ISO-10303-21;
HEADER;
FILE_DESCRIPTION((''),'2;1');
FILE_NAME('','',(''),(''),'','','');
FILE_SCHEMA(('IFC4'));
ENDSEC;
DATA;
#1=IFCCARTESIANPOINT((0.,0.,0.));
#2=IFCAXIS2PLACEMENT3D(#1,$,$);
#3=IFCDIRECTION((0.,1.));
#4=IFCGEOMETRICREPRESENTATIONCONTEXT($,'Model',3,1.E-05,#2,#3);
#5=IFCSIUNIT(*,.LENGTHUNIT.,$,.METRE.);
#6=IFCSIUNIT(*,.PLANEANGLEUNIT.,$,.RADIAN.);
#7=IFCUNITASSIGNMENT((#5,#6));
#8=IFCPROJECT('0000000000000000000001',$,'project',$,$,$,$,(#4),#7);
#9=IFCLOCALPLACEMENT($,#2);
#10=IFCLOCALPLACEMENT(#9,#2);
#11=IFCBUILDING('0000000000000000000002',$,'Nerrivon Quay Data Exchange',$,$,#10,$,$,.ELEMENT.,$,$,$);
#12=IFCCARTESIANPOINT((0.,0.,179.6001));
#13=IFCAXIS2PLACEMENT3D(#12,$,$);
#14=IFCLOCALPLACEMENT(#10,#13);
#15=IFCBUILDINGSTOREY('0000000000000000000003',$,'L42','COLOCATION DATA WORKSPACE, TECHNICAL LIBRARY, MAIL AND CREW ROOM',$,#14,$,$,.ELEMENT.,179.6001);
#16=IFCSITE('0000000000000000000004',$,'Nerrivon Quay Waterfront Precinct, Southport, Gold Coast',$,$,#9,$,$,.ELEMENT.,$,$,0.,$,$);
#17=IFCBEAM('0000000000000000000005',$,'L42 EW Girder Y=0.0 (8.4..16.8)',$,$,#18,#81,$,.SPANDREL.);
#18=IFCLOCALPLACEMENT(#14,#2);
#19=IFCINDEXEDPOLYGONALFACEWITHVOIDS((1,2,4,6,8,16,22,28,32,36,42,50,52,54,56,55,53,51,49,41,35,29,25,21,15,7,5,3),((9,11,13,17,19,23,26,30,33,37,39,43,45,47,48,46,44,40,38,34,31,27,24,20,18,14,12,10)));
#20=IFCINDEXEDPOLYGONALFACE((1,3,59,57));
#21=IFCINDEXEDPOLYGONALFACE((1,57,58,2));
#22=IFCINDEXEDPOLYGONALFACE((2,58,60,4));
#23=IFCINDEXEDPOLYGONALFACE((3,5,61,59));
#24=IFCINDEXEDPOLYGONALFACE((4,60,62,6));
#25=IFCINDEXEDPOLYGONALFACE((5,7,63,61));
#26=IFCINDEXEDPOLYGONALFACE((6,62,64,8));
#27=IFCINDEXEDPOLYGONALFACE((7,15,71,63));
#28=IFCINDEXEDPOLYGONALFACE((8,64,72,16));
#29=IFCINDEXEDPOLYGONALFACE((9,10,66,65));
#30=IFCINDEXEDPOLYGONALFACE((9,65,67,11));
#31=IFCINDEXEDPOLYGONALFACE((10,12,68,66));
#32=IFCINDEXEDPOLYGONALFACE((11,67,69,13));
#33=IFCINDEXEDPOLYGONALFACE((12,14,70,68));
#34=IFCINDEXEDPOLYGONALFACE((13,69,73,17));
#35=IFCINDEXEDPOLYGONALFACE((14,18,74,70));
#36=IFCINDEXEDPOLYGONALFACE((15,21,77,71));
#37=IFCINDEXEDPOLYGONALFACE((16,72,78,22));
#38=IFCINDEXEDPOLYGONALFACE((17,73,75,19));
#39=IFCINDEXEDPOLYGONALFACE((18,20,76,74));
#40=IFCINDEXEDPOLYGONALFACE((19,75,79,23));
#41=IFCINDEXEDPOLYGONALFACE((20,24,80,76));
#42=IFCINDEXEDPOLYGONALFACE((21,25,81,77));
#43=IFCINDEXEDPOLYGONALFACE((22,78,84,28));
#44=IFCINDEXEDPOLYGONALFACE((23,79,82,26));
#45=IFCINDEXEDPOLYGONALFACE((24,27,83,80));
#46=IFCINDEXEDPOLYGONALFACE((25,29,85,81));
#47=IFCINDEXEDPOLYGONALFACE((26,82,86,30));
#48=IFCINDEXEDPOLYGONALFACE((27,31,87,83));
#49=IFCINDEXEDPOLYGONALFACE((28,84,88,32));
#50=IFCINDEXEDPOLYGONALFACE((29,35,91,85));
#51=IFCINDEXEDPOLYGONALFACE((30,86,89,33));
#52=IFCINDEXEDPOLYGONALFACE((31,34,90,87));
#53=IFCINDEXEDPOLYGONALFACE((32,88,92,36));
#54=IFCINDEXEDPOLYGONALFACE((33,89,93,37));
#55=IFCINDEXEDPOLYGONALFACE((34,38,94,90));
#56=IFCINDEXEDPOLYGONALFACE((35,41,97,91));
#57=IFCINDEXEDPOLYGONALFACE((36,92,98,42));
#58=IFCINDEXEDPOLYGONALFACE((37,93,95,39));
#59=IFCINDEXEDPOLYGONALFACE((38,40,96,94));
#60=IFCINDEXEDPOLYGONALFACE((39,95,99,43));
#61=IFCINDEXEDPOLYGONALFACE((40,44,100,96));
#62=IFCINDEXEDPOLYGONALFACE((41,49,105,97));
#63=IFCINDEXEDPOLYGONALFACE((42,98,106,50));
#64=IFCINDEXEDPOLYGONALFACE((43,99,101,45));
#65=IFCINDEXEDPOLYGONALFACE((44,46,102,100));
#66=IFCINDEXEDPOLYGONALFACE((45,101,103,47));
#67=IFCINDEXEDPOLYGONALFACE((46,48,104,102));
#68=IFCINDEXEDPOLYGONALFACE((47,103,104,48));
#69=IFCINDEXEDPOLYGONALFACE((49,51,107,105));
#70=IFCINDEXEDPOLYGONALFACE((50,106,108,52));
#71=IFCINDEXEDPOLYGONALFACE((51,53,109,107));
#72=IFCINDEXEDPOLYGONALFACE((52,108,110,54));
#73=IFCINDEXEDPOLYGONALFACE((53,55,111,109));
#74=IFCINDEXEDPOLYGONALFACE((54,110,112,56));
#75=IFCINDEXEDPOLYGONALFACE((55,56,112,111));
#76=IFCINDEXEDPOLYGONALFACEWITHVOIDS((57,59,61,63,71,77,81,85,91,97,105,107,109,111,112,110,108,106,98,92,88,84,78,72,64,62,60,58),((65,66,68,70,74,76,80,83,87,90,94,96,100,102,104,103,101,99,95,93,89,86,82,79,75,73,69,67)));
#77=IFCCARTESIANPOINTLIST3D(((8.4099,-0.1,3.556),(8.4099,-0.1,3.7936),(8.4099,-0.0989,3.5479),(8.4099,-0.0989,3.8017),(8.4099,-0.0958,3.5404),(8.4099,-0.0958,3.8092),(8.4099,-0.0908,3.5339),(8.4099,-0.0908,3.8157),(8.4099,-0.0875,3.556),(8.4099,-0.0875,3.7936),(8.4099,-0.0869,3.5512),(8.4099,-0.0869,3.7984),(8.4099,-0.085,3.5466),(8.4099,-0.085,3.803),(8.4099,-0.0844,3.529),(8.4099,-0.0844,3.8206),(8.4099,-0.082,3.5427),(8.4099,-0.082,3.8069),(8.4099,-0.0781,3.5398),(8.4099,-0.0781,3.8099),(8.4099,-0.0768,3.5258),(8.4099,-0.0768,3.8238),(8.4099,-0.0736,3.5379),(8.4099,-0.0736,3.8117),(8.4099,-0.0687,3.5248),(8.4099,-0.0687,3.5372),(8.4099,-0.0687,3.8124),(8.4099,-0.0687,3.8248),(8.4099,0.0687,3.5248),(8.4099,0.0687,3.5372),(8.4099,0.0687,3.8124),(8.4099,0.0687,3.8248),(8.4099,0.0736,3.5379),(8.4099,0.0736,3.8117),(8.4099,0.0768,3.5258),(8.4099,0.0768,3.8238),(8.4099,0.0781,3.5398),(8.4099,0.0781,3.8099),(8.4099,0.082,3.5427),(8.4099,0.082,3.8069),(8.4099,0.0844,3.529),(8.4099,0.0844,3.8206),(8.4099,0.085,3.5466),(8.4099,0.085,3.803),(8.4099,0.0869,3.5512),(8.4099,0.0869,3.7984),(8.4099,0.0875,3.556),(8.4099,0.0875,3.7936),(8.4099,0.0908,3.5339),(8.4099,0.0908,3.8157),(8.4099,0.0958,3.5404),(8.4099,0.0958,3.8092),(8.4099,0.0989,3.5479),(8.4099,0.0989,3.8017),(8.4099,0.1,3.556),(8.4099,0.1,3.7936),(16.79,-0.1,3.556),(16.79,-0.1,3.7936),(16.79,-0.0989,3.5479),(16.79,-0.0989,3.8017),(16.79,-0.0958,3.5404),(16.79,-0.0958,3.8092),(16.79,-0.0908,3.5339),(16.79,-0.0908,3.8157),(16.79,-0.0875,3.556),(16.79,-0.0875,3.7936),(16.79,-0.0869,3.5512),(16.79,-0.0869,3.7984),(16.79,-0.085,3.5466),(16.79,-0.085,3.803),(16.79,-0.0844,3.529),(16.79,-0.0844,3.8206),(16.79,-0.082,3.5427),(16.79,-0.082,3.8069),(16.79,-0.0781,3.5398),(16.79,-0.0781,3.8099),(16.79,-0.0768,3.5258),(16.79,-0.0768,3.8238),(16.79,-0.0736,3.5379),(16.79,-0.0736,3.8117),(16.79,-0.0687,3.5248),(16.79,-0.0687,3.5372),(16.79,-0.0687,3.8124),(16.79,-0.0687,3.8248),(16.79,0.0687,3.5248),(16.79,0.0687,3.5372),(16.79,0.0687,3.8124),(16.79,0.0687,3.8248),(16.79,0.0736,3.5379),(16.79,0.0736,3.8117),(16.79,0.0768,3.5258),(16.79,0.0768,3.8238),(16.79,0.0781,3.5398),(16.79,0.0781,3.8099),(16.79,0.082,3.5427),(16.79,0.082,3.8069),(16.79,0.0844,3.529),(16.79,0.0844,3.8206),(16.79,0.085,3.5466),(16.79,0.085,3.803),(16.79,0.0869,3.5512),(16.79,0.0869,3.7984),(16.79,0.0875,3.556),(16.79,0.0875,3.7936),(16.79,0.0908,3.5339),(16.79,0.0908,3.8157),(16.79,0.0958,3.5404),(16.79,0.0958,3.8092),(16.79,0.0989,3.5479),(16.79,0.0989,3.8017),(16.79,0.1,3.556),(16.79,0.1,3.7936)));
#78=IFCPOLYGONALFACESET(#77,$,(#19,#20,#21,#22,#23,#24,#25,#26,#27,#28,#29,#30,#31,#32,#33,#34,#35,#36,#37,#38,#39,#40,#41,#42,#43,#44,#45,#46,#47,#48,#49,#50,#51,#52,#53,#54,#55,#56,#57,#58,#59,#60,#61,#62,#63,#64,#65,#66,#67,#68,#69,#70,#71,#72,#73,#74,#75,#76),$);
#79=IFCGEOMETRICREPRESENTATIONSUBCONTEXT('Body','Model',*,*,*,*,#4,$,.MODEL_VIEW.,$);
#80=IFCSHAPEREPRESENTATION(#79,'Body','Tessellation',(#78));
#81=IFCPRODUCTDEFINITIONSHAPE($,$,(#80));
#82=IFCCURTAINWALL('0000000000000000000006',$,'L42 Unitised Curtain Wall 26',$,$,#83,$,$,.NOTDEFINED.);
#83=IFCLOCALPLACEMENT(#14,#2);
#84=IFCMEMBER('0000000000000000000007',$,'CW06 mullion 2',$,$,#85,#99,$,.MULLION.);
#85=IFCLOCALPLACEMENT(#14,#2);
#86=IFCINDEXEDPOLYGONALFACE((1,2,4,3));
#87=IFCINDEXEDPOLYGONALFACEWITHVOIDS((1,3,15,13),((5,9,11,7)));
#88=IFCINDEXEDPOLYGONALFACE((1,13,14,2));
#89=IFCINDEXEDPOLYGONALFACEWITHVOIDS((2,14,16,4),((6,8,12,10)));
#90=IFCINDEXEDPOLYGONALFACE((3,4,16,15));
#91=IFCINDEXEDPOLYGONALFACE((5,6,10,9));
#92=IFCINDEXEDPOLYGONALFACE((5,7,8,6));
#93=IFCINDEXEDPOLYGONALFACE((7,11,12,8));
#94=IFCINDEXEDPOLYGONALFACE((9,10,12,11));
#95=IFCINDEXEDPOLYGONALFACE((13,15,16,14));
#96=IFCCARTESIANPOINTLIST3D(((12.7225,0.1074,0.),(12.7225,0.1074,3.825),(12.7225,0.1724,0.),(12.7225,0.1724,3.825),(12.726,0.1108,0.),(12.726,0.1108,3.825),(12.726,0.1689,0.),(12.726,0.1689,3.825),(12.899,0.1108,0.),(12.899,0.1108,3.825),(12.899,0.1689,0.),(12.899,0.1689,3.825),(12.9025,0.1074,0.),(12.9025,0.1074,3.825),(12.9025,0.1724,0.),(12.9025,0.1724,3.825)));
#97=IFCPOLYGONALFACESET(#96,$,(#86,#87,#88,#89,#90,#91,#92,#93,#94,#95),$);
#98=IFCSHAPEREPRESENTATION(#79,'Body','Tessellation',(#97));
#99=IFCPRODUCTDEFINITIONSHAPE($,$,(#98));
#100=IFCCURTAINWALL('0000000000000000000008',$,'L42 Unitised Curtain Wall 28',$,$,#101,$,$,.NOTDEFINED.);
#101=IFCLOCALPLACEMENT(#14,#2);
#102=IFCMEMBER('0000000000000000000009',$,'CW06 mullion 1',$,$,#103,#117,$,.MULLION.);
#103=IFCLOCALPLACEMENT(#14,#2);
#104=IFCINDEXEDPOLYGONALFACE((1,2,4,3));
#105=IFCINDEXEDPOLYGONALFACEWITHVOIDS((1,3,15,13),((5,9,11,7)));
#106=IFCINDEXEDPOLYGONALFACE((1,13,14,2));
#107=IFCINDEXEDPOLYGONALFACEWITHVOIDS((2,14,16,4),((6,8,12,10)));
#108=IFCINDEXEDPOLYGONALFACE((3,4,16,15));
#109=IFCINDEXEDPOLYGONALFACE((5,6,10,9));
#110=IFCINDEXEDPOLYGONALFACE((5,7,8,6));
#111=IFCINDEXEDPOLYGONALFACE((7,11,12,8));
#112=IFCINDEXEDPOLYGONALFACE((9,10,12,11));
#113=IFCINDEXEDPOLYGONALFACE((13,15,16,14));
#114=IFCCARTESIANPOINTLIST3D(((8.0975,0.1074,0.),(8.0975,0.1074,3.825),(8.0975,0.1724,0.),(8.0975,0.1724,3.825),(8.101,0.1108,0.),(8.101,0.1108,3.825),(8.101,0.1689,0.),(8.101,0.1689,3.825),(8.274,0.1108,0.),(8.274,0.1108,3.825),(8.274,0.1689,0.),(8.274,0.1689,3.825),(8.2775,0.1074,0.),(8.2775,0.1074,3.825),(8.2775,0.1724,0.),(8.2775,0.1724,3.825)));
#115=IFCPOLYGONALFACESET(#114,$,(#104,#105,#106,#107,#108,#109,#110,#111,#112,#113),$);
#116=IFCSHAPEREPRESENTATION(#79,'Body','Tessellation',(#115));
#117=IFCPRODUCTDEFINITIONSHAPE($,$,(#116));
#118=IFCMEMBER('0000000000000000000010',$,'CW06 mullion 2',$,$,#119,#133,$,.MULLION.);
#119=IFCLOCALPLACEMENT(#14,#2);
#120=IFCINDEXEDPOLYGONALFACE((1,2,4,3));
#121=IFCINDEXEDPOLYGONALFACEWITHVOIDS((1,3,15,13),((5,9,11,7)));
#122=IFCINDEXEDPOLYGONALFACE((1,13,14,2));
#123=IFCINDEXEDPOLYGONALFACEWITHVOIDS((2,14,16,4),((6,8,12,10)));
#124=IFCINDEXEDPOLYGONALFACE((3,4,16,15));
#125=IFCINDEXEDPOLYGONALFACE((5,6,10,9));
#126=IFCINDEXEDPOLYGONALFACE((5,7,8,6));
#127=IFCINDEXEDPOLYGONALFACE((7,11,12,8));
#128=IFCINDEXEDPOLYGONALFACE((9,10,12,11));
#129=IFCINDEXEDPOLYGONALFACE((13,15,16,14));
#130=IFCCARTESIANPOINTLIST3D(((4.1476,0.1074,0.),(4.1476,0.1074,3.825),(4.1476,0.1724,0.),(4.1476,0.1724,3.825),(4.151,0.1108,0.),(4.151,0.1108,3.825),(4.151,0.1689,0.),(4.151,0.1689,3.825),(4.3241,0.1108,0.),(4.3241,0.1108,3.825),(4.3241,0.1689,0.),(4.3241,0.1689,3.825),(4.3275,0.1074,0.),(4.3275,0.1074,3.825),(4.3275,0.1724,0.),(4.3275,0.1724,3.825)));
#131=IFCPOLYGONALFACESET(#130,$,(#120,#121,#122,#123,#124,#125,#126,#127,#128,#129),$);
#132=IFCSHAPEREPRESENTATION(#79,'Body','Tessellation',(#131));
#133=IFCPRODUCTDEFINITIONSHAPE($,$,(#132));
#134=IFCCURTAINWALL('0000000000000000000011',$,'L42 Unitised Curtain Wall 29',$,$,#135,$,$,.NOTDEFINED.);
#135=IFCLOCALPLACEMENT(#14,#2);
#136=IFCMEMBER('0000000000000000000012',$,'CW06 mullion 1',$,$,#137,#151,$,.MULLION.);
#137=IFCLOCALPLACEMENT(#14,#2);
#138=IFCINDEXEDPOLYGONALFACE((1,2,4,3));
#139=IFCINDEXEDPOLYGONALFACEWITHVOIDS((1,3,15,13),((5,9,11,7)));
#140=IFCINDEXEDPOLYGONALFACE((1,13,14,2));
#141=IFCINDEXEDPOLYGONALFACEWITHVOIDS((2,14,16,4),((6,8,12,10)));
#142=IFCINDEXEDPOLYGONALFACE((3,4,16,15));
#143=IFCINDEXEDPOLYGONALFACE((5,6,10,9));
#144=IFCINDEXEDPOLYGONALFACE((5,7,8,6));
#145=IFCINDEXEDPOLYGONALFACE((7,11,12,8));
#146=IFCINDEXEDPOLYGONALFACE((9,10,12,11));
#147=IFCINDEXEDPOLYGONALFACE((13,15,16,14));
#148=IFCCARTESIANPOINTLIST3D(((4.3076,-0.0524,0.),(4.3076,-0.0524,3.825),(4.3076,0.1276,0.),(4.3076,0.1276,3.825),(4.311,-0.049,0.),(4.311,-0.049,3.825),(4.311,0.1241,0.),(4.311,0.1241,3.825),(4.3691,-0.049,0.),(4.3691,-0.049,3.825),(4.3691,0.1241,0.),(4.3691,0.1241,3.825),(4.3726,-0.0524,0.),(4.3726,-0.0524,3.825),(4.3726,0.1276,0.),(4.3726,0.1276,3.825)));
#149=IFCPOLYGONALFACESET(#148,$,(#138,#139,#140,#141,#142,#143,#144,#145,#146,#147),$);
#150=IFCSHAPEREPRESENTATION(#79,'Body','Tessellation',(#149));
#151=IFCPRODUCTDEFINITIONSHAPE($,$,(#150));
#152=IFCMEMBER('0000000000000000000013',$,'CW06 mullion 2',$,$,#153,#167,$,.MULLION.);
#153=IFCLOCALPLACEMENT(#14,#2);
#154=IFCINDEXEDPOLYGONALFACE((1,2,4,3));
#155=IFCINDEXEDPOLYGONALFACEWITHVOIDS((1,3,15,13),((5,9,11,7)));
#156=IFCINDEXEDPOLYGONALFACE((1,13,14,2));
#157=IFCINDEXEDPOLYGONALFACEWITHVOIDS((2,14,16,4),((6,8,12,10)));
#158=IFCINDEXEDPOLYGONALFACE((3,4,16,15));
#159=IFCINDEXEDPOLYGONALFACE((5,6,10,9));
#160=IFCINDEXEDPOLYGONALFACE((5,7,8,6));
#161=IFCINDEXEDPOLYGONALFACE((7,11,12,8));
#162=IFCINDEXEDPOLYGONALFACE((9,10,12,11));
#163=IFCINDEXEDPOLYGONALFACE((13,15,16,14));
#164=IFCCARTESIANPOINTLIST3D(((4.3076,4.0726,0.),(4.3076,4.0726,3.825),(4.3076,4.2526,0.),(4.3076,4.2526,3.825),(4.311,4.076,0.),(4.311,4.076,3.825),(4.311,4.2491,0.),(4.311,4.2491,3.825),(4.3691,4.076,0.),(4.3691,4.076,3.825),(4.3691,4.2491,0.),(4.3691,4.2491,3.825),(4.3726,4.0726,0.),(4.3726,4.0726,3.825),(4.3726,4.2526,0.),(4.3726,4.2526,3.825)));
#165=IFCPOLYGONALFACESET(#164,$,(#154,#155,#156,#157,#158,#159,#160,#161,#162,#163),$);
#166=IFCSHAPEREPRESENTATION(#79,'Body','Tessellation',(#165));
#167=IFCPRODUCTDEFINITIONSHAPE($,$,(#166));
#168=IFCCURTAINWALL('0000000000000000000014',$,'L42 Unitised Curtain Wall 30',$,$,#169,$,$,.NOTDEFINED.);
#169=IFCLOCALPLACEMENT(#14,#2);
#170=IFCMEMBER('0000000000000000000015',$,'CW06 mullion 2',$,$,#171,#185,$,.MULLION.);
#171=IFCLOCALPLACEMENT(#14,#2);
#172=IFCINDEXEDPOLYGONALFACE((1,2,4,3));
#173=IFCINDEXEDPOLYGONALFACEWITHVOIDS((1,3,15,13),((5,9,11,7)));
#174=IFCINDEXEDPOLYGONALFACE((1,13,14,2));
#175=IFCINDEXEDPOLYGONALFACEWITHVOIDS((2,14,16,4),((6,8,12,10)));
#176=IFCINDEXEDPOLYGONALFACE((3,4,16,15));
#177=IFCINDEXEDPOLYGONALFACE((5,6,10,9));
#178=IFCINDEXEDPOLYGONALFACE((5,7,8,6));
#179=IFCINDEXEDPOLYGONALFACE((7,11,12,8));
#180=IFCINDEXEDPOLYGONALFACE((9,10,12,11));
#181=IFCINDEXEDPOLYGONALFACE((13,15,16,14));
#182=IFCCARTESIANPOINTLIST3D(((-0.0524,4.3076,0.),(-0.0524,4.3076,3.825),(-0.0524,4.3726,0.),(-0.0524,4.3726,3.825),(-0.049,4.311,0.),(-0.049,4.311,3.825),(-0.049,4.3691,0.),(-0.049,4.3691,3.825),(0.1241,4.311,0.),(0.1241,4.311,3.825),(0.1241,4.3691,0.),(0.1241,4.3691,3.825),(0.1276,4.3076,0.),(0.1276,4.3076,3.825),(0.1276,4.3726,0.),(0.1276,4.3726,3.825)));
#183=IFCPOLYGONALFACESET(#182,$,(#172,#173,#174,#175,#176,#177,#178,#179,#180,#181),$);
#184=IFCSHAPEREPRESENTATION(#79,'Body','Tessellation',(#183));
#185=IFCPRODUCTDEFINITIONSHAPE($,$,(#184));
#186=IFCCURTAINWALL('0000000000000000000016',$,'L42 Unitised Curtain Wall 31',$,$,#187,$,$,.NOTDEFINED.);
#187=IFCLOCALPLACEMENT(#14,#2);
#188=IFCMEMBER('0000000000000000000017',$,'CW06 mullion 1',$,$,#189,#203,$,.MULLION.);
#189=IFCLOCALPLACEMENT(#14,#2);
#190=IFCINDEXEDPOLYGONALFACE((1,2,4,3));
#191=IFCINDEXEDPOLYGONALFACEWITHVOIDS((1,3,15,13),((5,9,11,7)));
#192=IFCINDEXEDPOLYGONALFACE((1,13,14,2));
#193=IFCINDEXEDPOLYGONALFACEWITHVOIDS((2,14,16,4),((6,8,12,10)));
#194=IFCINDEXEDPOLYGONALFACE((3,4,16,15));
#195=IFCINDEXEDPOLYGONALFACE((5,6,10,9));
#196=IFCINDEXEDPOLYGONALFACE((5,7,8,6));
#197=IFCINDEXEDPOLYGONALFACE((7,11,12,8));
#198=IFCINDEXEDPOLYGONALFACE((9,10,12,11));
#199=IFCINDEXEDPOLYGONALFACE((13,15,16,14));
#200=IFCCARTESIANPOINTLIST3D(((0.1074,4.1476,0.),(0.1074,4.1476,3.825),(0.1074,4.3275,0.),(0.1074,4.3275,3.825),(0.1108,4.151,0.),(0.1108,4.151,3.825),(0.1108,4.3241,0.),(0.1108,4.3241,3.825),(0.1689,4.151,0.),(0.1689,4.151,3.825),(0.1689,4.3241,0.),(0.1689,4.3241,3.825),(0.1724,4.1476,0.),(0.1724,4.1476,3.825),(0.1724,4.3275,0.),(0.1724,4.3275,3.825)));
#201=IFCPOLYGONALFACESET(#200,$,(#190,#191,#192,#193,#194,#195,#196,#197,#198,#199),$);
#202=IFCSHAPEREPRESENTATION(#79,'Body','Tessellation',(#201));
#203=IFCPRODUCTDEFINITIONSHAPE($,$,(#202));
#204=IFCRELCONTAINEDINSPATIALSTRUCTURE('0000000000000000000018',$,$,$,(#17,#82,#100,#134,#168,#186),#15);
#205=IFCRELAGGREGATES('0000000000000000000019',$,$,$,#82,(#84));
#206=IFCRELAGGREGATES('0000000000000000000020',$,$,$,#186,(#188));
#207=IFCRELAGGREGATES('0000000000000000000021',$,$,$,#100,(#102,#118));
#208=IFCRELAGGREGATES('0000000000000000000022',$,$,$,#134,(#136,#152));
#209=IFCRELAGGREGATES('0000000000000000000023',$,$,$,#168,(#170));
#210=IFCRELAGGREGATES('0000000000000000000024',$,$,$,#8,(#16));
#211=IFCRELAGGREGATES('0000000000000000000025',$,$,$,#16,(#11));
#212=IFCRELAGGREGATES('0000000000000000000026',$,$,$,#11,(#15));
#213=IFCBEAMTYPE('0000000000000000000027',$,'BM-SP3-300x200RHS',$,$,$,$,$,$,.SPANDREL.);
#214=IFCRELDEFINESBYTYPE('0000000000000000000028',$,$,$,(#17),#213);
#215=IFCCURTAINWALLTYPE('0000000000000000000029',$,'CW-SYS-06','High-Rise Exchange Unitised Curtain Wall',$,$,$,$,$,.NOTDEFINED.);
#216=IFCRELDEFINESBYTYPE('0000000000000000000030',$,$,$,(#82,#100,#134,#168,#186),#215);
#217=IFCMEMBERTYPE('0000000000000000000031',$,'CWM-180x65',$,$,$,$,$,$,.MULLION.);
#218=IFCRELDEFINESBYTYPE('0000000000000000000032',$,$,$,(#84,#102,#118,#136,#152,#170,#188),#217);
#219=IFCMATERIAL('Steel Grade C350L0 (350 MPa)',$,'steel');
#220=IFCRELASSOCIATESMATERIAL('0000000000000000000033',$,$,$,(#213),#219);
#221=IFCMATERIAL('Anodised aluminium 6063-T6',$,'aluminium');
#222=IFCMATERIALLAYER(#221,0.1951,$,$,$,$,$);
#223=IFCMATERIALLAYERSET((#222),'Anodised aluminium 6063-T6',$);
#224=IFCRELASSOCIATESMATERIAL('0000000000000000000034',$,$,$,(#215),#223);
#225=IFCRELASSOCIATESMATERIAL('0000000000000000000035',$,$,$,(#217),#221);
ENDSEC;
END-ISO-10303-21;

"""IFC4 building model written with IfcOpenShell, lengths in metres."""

from ifc_helpers import new_model, si_unit, direction, frame, origin, origin_2d, place, context, subcontext, project, spatial, hollow_rectangle, extrude, material, layer, layer_set, material_profile, profile_set, type_object, element, aggregate, save


model = new_model("IFC4")

# Units and contexts
model_context = context("Model", 3, precision=1e-05, world=origin(), true_north=direction((0.0, 1.0)))
body_context = subcontext(model_context, "Body", "Model", "MODEL_VIEW")
ifc_project = project(units=[si_unit("LENGTHUNIT", "METRE"), si_unit("PLANEANGLEUNIT", "RADIAN")], contexts=[model_context])

# Site, building, storey
site_placement = place(None, origin())
site = spatial("IfcSite", under=ifc_project, at=site_placement, Name="Nerrivon Quay Waterfront Precinct, Southport, Gold Coast", CompositionType="ELEMENT", RefElevation=0.0)
building_placement = place(site_placement, origin())
building = spatial("IfcBuilding", under=site, at=building_placement, Name="Nerrivon Quay Data Exchange", CompositionType="ELEMENT")
storey_placement = place(building_placement, frame((0.0, 0.0, 179.6001)))
storey = spatial("IfcBuildingStorey", under=building, at=storey_placement, Name="L42", Description="COLOCATION DATA WORKSPACE, TECHNICAL LIBRARY, MAIL AND CREW ROOM", CompositionType="ELEMENT", Elevation=179.6001)

# Beam
ifc_material_1 = material(Name="Steel Grade C350L0 (350 MPa)", Category="steel")
ifc_material_profile_1 = material_profile(ifc_material_1, hollow_rectangle(XDim=0.2, YDim=0.3, WallThickness=0.0125, InnerFilletRadius=0.0188, OuterFilletRadius=0.0312, at=origin_2d()), Name="300x200x12.5RHS")
ifc_profile_set_1 = profile_set([ifc_material_profile_1], Name="Steel Grade C350L0 (350 MPa)")
beam_type_1 = type_object("IfcBeamType", Name="BM-SP3-300x200RHS", PredefinedType="SPANDREL", material=ifc_profile_set_1)
beam_1_placement = place(storey_placement, frame((8.4099, 0.0, 3.6748), z_axis=(1.0, 0.0, 0.0), x_axis=(0.0, 1.0, 0.0)))
element("IfcBeam", 1, at=beam_1_placement, inside=storey, type_object=beam_type_1, Name="L42 EW Girder Y=0.0 (8.4..16.8)", PredefinedType="SPANDREL", context=body_context, shape_type="SweptSolid", body=[
    extrude(hollow_rectangle(XDim=0.2, YDim=0.3, WallThickness=0.0125, InnerFilletRadius=0.0188, OuterFilletRadius=0.0312, at=origin_2d()), origin(), (0.0, 0.0, 1.0), 8.3801),
])

# Curtain wall, member
ifc_material_2 = material(Name="Anodised aluminium 6063-T6", Category="aluminium")
ifc_layer_1 = layer(ifc_material_2, 0.1951)
ifc_layer_set_1 = layer_set([ifc_layer_1], Name="Anodised aluminium 6063-T6")
curtain_wall_type = type_object("IfcCurtainWallType", Name="CW-SYS-06", Description="High-Rise Exchange Unitised Curtain Wall", PredefinedType="NOTDEFINED", material=ifc_layer_set_1)
curtain_wall_1_placement = place(storey_placement, origin())
curtain_wall_1 = element("IfcCurtainWall", 2, at=curtain_wall_1_placement, inside=storey, type_object=curtain_wall_type, Name="L42 Unitised Curtain Wall 26", PredefinedType="NOTDEFINED")
ifc_material_profile_2 = material_profile(ifc_material_2, hollow_rectangle(XDim=0.0649, YDim=0.1799, WallThickness=0.0034, at=origin_2d()), Name="ALU-MULL-180x65")
ifc_profile_set_2 = profile_set([ifc_material_profile_2], Name="Anodised aluminium 6063-T6")
member_type_1 = type_object("IfcMemberType", Name="CWM-180x65", PredefinedType="MULLION", material=ifc_profile_set_2)
member_1_placement = place(storey_placement, frame((12.8125, 0.1399, 0.0), z_axis=(0.0, 0.0, 1.0), x_axis=(0.0, -1.0, 0.0)))
member_1 = element("IfcMember", 3, at=member_1_placement, type_object=member_type_1, Name="CW06 mullion 2", PredefinedType="MULLION", context=body_context, shape_type="SweptSolid", body=[
    extrude(hollow_rectangle(XDim=0.0649, YDim=0.1799, WallThickness=0.0034, at=origin_2d()), origin(), (0.0, 0.0, 1.0), 3.825),
])
aggregate(curtain_wall_1, [member_1])

# Curtain walls, members
curtain_wall_2_placement = place(storey_placement, origin())
curtain_wall_2 = element("IfcCurtainWall", 4, at=curtain_wall_2_placement, inside=storey, type_object=curtain_wall_type, Name="L42 Unitised Curtain Wall 28", PredefinedType="NOTDEFINED")
member_2_placement = place(storey_placement, frame((8.1875, 0.1399, 0.0), z_axis=(0.0, 0.0, 1.0), x_axis=(0.0, -1.0, 0.0)))
member_2 = element("IfcMember", 5, at=member_2_placement, type_object=member_type_1, Name="CW06 mullion 1", PredefinedType="MULLION", context=body_context, shape_type="SweptSolid", body=[
    extrude(hollow_rectangle(XDim=0.0649, YDim=0.1799, WallThickness=0.0034, at=origin_2d()), origin(), (0.0, 0.0, 1.0), 3.825),
])
member_3_placement = place(storey_placement, frame((4.2375, 0.1399, 0.0), z_axis=(0.0, 0.0, 1.0), x_axis=(0.0, -1.0, 0.0)))
member_3 = element("IfcMember", 6, at=member_3_placement, type_object=member_type_1, Name="CW06 mullion 2", PredefinedType="MULLION", context=body_context, shape_type="SweptSolid", body=[
    extrude(hollow_rectangle(XDim=0.0649, YDim=0.1799, WallThickness=0.0034, at=origin_2d()), origin(), (0.0, 0.0, 1.0), 3.825),
])
curtain_wall_3_placement = place(storey_placement, origin())
curtain_wall_3 = element("IfcCurtainWall", 7, at=curtain_wall_3_placement, inside=storey, type_object=curtain_wall_type, Name="L42 Unitised Curtain Wall 29", PredefinedType="NOTDEFINED")
member_4_placement = place(storey_placement, frame((4.3401, 0.0376, 0.0), z_axis=(0.0, 0.0, 1.0), x_axis=(-1.0, 0.0, 0.0)))
member_4 = element("IfcMember", 8, at=member_4_placement, type_object=member_type_1, Name="CW06 mullion 1", PredefinedType="MULLION", context=body_context, shape_type="SweptSolid", body=[
    extrude(hollow_rectangle(XDim=0.0649, YDim=0.1799, WallThickness=0.0034, at=origin_2d()), origin(), (0.0, 0.0, 1.0), 3.825),
])
member_5_placement = place(storey_placement, frame((4.3401, 4.1626, 0.0), z_axis=(0.0, 0.0, 1.0), x_axis=(-1.0, 0.0, 0.0)))
member_5 = element("IfcMember", 9, at=member_5_placement, type_object=member_type_1, Name="CW06 mullion 2", PredefinedType="MULLION", context=body_context, shape_type="SweptSolid", body=[
    extrude(hollow_rectangle(XDim=0.0649, YDim=0.1799, WallThickness=0.0034, at=origin_2d()), origin(), (0.0, 0.0, 1.0), 3.825),
])

# Curtain walls, members
curtain_wall_4_placement = place(storey_placement, origin())
curtain_wall_4 = element("IfcCurtainWall", 10, at=curtain_wall_4_placement, inside=storey, type_object=curtain_wall_type, Name="L42 Unitised Curtain Wall 30", PredefinedType="NOTDEFINED")
member_6_placement = place(storey_placement, frame((0.0376, 4.3401, 0.0), z_axis=(0.0, 0.0, 1.0), x_axis=(0.0, -1.0, 0.0)))
member_6 = element("IfcMember", 11, at=member_6_placement, type_object=member_type_1, Name="CW06 mullion 2", PredefinedType="MULLION", context=body_context, shape_type="SweptSolid", body=[
    extrude(hollow_rectangle(XDim=0.0649, YDim=0.1799, WallThickness=0.0034, at=origin_2d()), origin(), (0.0, 0.0, 1.0), 3.825),
])
curtain_wall_5_placement = place(storey_placement, origin())
curtain_wall_5 = element("IfcCurtainWall", 12, at=curtain_wall_5_placement, inside=storey, type_object=curtain_wall_type, Name="L42 Unitised Curtain Wall 31", PredefinedType="NOTDEFINED")
member_7_placement = place(storey_placement, frame((0.1399, 4.2375, 0.0), z_axis=(0.0, 0.0, 1.0), x_axis=(-1.0, 0.0, 0.0)))
member_7 = element("IfcMember", 13, at=member_7_placement, type_object=member_type_1, Name="CW06 mullion 1", PredefinedType="MULLION", context=body_context, shape_type="SweptSolid", body=[
    extrude(hollow_rectangle(XDim=0.0649, YDim=0.1799, WallThickness=0.0034, at=origin_2d()), origin(), (0.0, 0.0, 1.0), 3.825),
])

aggregate(curtain_wall_5, [member_7])

aggregate(curtain_wall_2, [member_2, member_3])
aggregate(curtain_wall_3, [member_4, member_5])
aggregate(curtain_wall_4, [member_6])

save(model, "model.ifc")
